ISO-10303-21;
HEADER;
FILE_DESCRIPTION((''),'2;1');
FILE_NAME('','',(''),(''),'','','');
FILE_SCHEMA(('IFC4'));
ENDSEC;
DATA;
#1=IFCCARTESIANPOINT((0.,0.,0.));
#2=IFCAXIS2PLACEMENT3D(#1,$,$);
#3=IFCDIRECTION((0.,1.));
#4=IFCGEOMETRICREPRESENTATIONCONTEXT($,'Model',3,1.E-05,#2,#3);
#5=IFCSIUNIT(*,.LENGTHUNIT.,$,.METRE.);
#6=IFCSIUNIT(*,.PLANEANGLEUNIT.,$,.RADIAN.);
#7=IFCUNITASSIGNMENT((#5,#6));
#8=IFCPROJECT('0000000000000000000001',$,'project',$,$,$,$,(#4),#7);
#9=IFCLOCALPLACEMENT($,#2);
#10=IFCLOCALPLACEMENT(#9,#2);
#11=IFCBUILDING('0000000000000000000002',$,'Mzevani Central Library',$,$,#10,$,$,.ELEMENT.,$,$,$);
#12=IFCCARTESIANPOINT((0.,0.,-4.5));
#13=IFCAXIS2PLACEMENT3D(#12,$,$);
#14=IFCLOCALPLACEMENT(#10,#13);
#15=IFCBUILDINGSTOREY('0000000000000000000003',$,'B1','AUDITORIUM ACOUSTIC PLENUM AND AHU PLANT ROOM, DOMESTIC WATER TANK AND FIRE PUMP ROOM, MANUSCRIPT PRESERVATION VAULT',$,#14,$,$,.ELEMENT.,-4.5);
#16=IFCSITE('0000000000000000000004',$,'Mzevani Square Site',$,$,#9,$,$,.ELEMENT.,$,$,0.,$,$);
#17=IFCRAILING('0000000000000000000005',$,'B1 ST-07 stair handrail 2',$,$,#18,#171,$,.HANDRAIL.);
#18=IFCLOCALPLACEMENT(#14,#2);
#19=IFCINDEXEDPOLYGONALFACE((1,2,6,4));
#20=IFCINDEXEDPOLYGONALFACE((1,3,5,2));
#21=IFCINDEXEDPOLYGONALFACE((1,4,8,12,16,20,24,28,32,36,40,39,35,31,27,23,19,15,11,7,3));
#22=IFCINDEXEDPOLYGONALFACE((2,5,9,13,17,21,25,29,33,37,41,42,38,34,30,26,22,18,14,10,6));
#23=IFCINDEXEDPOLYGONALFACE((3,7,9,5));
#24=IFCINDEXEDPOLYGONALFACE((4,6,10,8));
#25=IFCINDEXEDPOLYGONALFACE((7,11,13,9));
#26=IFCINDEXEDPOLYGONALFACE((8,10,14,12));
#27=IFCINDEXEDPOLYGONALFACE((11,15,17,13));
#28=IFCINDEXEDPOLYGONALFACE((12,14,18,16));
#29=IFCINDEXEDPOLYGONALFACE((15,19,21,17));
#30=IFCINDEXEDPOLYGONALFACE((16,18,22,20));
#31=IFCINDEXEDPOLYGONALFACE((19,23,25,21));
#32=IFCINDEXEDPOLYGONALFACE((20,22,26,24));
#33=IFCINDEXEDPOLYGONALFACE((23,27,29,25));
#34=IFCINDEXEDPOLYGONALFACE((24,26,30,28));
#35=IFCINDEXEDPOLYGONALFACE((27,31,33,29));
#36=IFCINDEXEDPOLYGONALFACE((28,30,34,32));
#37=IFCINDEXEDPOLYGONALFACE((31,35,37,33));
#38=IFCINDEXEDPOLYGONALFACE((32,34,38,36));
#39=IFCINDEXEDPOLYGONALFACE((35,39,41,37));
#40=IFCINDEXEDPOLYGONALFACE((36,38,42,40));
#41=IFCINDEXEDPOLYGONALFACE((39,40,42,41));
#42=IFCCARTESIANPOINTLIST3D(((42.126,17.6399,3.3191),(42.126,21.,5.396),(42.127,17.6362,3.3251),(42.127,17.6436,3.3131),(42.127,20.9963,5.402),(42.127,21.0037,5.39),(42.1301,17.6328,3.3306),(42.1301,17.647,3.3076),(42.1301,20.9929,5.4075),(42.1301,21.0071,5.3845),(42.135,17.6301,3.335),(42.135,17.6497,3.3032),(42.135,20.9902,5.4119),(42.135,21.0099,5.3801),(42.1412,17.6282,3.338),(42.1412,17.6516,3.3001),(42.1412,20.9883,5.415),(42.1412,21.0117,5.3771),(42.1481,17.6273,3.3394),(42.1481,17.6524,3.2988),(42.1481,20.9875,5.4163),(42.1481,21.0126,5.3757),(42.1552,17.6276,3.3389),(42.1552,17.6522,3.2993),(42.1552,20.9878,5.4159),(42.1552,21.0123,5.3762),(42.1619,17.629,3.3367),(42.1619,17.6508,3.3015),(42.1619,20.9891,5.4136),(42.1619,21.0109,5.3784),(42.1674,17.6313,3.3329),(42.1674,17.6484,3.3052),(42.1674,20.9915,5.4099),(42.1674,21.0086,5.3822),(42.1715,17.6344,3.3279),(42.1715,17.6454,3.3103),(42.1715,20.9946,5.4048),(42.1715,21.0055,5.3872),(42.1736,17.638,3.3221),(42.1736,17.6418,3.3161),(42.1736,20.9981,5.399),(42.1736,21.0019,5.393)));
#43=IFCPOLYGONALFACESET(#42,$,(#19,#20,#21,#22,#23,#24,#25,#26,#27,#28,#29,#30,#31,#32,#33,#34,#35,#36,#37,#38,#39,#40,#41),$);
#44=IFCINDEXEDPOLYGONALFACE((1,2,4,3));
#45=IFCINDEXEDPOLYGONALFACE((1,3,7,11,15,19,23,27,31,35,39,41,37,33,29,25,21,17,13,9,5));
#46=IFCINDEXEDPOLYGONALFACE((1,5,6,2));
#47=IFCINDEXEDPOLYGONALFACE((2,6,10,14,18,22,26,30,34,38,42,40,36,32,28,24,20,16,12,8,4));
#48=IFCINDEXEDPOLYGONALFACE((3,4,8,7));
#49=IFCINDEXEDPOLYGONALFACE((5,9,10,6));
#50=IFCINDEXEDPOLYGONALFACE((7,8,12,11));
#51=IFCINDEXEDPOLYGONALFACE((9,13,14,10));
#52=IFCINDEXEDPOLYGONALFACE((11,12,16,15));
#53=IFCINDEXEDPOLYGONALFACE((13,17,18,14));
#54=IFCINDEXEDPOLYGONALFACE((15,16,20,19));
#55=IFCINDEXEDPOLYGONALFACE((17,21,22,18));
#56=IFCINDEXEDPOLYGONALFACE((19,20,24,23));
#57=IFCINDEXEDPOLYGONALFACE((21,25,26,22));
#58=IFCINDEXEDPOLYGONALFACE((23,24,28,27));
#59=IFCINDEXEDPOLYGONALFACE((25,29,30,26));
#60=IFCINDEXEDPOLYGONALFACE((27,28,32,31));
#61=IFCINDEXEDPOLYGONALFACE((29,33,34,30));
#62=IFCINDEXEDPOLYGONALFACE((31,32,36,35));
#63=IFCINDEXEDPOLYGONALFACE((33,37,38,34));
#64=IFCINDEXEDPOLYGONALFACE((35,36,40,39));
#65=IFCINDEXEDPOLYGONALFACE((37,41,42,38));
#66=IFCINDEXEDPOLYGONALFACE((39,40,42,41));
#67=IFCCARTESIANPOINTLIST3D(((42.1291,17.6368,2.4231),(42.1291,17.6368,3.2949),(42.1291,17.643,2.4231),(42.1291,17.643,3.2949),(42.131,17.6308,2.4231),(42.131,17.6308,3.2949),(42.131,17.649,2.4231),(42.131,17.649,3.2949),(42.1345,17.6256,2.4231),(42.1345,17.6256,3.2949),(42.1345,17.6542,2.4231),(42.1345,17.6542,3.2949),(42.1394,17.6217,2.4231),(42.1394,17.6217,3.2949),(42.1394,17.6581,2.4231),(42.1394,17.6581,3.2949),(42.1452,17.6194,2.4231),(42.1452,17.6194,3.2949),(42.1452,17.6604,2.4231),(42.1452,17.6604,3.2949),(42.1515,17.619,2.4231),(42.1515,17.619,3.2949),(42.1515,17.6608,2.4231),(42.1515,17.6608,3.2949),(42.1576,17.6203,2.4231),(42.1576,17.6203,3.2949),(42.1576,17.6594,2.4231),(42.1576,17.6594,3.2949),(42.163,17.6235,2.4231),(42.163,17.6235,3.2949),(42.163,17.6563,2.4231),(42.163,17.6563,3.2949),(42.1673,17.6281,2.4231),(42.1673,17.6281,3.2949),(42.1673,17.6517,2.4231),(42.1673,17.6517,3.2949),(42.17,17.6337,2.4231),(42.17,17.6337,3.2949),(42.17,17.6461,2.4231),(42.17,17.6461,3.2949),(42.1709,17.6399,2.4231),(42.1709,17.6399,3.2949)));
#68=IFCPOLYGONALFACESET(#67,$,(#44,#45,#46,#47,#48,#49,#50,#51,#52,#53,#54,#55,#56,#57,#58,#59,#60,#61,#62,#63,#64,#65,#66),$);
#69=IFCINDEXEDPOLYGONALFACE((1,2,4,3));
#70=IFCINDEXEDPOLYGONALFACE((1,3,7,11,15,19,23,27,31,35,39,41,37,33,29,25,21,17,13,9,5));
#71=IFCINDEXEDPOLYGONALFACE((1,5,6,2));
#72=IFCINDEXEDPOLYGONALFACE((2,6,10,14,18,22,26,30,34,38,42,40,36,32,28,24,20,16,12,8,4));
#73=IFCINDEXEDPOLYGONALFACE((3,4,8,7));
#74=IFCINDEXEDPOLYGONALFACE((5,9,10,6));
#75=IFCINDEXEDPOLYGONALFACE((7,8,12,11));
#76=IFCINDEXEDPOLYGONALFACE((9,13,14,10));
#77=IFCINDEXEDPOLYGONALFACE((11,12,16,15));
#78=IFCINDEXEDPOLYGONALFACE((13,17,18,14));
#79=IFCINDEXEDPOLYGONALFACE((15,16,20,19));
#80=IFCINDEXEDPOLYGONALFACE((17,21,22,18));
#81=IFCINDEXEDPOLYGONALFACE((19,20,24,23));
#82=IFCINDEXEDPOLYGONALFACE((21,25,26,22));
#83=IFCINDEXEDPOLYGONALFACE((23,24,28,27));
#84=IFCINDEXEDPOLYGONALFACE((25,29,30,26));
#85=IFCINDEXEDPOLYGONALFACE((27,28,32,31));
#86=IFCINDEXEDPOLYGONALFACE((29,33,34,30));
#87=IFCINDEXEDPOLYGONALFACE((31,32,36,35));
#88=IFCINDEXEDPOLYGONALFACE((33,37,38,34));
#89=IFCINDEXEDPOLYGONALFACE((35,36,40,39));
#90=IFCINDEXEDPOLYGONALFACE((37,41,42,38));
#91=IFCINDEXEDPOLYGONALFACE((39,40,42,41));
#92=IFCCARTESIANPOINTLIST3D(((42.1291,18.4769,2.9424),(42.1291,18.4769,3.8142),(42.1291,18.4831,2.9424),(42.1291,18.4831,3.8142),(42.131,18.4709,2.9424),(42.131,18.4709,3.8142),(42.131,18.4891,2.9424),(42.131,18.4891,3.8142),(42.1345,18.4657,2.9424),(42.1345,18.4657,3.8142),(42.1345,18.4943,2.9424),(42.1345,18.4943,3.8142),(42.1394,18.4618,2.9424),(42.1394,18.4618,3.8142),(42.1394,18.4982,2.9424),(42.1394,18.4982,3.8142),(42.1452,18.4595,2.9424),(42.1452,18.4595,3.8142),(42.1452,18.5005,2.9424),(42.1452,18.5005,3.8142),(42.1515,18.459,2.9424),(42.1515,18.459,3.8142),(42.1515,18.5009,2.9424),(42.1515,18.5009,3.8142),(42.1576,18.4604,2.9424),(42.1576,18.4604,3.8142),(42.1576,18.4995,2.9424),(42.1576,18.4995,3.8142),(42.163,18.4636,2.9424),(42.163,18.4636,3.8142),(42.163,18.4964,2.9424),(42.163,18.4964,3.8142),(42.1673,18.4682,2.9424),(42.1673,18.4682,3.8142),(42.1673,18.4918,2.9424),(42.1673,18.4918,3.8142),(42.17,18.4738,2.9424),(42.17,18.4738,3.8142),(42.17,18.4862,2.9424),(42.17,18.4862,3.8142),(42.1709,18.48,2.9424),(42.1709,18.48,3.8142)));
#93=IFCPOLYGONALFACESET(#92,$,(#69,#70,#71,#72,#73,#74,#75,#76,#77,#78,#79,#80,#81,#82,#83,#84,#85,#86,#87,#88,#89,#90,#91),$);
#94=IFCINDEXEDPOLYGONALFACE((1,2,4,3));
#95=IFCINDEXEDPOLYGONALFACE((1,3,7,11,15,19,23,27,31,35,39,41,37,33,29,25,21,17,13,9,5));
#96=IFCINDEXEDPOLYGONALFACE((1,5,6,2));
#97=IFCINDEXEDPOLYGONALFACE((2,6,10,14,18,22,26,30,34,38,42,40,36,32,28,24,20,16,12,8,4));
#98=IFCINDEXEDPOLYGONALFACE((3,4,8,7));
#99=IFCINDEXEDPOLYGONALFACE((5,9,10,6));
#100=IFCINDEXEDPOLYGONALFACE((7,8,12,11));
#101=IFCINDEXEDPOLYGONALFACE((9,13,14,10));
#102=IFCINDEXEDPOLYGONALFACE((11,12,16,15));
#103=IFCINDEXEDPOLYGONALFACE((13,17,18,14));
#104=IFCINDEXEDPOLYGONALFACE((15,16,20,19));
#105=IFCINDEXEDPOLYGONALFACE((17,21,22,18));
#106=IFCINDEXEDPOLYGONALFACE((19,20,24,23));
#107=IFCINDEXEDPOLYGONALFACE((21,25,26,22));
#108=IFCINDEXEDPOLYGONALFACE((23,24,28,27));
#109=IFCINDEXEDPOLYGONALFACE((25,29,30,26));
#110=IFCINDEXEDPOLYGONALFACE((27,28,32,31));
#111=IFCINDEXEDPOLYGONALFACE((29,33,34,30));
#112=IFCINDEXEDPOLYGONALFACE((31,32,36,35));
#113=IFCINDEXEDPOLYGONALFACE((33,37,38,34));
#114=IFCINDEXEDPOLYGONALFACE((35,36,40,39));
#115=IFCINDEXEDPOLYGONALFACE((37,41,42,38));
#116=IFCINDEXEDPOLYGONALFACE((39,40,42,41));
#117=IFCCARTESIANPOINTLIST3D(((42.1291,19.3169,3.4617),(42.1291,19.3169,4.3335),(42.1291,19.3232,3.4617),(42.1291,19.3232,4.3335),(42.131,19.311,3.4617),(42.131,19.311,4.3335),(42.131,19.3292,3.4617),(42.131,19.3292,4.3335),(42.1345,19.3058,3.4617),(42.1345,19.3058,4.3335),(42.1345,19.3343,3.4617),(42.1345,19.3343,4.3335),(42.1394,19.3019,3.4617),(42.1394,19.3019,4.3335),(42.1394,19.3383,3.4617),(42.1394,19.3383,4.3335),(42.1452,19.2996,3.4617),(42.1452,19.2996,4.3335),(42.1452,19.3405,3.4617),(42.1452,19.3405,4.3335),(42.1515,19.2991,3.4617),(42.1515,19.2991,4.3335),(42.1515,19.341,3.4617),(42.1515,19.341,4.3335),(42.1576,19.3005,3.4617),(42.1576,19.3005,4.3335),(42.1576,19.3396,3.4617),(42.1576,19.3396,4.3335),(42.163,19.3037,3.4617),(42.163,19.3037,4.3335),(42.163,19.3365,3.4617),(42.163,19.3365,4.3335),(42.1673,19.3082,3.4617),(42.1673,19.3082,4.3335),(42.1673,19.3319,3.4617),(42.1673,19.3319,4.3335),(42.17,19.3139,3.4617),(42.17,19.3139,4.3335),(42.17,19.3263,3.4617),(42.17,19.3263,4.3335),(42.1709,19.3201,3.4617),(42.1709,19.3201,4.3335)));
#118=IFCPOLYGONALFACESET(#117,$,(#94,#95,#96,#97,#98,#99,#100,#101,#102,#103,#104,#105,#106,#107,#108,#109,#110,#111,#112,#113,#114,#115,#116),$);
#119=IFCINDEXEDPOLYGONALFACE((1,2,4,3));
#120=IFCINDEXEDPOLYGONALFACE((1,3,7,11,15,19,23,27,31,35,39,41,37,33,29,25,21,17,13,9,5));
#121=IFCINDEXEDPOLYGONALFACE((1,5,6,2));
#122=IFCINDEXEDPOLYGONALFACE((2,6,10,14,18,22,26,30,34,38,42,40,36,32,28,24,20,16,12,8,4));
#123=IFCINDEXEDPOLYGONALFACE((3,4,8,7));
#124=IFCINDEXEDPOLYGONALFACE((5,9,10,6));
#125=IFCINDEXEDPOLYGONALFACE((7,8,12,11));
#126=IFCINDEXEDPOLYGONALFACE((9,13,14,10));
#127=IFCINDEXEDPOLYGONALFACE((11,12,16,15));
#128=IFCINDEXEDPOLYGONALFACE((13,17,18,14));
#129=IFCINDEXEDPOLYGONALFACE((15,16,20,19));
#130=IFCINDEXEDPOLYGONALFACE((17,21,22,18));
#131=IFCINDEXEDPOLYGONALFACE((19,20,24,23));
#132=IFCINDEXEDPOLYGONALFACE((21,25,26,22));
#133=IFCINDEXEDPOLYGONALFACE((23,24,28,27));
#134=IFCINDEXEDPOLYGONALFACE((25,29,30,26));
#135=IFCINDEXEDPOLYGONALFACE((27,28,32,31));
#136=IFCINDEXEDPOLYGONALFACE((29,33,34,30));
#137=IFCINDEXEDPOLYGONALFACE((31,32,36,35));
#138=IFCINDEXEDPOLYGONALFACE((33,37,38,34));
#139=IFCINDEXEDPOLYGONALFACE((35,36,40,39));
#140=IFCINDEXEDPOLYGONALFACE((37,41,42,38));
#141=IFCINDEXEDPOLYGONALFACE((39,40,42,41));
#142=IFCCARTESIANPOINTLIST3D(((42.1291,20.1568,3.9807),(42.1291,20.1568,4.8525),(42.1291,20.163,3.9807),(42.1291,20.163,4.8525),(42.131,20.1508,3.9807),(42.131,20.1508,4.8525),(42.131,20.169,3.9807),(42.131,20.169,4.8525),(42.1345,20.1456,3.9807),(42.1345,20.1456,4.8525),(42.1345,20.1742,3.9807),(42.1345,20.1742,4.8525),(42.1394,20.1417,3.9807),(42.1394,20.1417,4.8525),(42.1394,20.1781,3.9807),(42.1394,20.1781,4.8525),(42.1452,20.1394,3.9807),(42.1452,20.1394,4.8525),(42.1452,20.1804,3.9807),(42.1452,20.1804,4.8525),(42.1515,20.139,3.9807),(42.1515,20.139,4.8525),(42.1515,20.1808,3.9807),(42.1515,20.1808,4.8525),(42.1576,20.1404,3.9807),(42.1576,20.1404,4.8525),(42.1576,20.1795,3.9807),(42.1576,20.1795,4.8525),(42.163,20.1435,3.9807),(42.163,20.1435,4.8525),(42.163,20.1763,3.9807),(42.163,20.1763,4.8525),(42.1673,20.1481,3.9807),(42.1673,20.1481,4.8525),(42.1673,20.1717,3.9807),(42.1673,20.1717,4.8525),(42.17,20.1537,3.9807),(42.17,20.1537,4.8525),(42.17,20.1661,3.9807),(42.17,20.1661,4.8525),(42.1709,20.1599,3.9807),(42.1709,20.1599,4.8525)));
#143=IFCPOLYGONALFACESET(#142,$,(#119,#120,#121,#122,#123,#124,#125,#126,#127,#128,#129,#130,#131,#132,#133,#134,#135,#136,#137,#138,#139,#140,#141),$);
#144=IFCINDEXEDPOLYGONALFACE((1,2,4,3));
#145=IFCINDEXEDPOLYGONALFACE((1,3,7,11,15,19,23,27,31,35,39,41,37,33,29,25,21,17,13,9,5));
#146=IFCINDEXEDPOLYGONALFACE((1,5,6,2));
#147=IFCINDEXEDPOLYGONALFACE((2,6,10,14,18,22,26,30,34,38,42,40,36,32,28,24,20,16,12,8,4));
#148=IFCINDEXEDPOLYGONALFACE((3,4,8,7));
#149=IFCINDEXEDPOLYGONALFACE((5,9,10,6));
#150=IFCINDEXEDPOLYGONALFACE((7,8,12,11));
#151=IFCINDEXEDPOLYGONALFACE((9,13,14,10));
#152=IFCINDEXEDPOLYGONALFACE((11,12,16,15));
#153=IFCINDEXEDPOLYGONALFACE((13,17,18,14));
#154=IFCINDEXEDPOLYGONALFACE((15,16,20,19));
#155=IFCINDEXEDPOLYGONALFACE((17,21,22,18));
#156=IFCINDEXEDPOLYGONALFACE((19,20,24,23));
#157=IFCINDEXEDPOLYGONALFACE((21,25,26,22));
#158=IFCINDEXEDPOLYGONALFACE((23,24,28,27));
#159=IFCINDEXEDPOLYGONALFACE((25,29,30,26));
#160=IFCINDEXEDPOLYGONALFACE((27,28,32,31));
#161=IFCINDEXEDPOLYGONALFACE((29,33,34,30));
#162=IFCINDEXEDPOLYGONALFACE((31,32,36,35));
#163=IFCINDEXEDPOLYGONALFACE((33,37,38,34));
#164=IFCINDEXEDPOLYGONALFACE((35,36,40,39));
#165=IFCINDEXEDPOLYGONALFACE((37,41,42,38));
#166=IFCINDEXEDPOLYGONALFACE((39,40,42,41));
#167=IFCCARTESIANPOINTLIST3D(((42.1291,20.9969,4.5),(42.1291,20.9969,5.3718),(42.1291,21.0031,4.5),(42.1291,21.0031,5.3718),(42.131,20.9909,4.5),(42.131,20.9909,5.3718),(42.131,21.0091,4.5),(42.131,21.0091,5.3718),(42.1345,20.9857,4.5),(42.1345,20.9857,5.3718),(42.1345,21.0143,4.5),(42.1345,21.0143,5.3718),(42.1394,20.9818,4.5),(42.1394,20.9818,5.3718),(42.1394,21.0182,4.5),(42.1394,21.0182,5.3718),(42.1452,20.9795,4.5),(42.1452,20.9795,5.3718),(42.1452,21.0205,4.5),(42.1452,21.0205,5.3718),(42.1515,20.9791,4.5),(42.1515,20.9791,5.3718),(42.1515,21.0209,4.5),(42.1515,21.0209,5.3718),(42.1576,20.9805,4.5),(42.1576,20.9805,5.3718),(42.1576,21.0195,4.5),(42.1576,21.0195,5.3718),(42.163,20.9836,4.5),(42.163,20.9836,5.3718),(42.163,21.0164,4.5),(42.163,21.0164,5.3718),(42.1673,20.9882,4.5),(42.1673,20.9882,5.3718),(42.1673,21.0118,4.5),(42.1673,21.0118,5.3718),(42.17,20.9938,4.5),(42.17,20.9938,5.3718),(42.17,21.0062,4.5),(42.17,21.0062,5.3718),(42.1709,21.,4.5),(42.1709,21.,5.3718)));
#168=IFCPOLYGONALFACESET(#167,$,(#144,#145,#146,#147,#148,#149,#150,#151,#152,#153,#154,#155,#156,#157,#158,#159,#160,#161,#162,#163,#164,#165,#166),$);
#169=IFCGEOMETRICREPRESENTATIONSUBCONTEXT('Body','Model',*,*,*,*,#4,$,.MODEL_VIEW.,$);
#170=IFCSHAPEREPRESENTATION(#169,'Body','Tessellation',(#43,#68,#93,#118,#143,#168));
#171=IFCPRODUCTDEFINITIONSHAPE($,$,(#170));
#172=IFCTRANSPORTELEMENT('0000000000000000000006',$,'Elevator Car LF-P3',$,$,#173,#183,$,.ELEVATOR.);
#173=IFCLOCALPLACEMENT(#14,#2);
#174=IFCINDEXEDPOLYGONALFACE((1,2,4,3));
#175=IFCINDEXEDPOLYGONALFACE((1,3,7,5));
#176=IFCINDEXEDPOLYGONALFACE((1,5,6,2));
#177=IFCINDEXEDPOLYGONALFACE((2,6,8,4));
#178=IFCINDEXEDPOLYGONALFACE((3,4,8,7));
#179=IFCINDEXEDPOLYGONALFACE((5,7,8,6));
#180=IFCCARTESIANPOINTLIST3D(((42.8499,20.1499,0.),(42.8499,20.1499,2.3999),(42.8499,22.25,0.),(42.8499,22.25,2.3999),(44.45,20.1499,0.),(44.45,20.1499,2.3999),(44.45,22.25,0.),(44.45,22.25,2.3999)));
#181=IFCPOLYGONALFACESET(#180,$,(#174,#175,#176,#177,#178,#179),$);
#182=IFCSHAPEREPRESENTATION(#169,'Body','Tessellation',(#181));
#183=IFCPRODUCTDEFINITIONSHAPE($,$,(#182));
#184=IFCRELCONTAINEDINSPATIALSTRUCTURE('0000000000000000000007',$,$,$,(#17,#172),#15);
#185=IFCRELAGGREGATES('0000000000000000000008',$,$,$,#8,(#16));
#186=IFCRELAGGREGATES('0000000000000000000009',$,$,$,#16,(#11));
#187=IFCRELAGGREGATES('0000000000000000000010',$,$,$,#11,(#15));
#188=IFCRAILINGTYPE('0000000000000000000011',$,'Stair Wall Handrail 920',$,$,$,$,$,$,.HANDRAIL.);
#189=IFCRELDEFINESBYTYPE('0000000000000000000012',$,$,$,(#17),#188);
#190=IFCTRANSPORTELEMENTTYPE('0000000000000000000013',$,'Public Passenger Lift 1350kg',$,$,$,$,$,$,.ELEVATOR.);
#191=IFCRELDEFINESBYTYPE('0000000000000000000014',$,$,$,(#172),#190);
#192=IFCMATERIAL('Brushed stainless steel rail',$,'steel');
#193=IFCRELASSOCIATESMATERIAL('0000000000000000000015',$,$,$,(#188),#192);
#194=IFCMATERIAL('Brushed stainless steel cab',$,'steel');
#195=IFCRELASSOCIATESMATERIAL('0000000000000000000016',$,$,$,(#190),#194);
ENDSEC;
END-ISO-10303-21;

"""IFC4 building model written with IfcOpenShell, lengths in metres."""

from ifc_helpers import new_model, si_unit, direction, frame, origin, origin_2d, place, context, subcontext, project, spatial, rectangle, circle, extrude, material, type_object, element, save


model = new_model("IFC4")

# Units and contexts
model_context = context("Model", 3, precision=1e-05, world=origin(), true_north=direction((0.0, 1.0)))
body_context = subcontext(model_context, "Body", "Model", "MODEL_VIEW")
ifc_project = project(units=[si_unit("LENGTHUNIT", "METRE"), si_unit("PLANEANGLEUNIT", "RADIAN")], contexts=[model_context])

# Site, building, storey
site_placement = place(None, origin())
site = spatial("IfcSite", under=ifc_project, at=site_placement, Name="Mzevani Square Site", CompositionType="ELEMENT", RefElevation=0.0)
building_placement = place(site_placement, origin())
building = spatial("IfcBuilding", under=site, at=building_placement, Name="Mzevani Central Library", CompositionType="ELEMENT")
storey_placement = place(building_placement, frame((0.0, 0.0, -4.5)))
storey = spatial("IfcBuildingStorey", under=building, at=storey_placement, Name="B1", Description="AUDITORIUM ACOUSTIC PLENUM AND AHU PLANT ROOM, DOMESTIC WATER TANK AND FIRE PUMP ROOM, MANUSCRIPT PRESERVATION VAULT", CompositionType="ELEMENT", Elevation=-4.5)

# Railing
ifc_material_1 = material(Name="Brushed stainless steel rail", Category="steel")
railing_type = type_object("IfcRailingType", Name="Stair Wall Handrail 920", PredefinedType="HANDRAIL", material=ifc_material_1)
railing_placement = place(storey_placement, frame((42.1499, 17.6399, 2.4231)))
element("IfcRailing", 1, at=railing_placement, inside=storey, type_object=railing_type, Name="B1 ST-07 stair handrail 2", PredefinedType="HANDRAIL", context=body_context, shape_type="SweptSolid", body=[
    extrude(circle(Radius=0.0239, at=origin_2d()), frame((0.0, 0.0, 0.896), z_axis=(0.0, 0.850623, 0.525776), x_axis=(-1.0, 0.0, 0.0)), (0.0, 0.0, 1.0), 3.9502),
    extrude(circle(Radius=0.021, at=origin_2d()), origin(), (0.0, 0.0, 1.0), 0.8718),
    extrude(circle(Radius=0.021, at=origin_2d()), frame((0.0, 0.8401, 0.5193)), (0.0, 0.0, 1.0), 0.8718),
    extrude(circle(Radius=0.021, at=origin_2d()), frame((0.0, 1.6802, 1.0386)), (0.0, 0.0, 1.0), 0.8718),
    extrude(circle(Radius=0.021, at=origin_2d()), frame((0.0, 2.52, 1.5576)), (0.0, 0.0, 1.0), 0.8718),
    extrude(circle(Radius=0.021, at=origin_2d()), frame((0.0, 3.3601, 2.0769)), (0.0, 0.0, 1.0), 0.8718),
])

# Transport element
ifc_material_2 = material(Name="Brushed stainless steel cab", Category="steel")
transport_element_type = type_object("IfcTransportElementType", Name="Public Passenger Lift 1350kg", PredefinedType="ELEVATOR", material=ifc_material_2)
transport_element_placement = place(storey_placement, frame((43.6499, 21.2, 0.0), z_axis=(0.0, 0.0, 1.0), x_axis=(1.0, 0.0, 0.0)))
element("IfcTransportElement", 2, at=transport_element_placement, inside=storey, type_object=transport_element_type, Name="Elevator Car LF-P3", PredefinedType="ELEVATOR", context=body_context, shape_type="SweptSolid", body=[
    extrude(rectangle(XDim=1.6001, YDim=2.1001, at=origin_2d()), origin(), (0.0, 0.0, 1.0), 2.3999),
])

save(model, "model.ifc")
